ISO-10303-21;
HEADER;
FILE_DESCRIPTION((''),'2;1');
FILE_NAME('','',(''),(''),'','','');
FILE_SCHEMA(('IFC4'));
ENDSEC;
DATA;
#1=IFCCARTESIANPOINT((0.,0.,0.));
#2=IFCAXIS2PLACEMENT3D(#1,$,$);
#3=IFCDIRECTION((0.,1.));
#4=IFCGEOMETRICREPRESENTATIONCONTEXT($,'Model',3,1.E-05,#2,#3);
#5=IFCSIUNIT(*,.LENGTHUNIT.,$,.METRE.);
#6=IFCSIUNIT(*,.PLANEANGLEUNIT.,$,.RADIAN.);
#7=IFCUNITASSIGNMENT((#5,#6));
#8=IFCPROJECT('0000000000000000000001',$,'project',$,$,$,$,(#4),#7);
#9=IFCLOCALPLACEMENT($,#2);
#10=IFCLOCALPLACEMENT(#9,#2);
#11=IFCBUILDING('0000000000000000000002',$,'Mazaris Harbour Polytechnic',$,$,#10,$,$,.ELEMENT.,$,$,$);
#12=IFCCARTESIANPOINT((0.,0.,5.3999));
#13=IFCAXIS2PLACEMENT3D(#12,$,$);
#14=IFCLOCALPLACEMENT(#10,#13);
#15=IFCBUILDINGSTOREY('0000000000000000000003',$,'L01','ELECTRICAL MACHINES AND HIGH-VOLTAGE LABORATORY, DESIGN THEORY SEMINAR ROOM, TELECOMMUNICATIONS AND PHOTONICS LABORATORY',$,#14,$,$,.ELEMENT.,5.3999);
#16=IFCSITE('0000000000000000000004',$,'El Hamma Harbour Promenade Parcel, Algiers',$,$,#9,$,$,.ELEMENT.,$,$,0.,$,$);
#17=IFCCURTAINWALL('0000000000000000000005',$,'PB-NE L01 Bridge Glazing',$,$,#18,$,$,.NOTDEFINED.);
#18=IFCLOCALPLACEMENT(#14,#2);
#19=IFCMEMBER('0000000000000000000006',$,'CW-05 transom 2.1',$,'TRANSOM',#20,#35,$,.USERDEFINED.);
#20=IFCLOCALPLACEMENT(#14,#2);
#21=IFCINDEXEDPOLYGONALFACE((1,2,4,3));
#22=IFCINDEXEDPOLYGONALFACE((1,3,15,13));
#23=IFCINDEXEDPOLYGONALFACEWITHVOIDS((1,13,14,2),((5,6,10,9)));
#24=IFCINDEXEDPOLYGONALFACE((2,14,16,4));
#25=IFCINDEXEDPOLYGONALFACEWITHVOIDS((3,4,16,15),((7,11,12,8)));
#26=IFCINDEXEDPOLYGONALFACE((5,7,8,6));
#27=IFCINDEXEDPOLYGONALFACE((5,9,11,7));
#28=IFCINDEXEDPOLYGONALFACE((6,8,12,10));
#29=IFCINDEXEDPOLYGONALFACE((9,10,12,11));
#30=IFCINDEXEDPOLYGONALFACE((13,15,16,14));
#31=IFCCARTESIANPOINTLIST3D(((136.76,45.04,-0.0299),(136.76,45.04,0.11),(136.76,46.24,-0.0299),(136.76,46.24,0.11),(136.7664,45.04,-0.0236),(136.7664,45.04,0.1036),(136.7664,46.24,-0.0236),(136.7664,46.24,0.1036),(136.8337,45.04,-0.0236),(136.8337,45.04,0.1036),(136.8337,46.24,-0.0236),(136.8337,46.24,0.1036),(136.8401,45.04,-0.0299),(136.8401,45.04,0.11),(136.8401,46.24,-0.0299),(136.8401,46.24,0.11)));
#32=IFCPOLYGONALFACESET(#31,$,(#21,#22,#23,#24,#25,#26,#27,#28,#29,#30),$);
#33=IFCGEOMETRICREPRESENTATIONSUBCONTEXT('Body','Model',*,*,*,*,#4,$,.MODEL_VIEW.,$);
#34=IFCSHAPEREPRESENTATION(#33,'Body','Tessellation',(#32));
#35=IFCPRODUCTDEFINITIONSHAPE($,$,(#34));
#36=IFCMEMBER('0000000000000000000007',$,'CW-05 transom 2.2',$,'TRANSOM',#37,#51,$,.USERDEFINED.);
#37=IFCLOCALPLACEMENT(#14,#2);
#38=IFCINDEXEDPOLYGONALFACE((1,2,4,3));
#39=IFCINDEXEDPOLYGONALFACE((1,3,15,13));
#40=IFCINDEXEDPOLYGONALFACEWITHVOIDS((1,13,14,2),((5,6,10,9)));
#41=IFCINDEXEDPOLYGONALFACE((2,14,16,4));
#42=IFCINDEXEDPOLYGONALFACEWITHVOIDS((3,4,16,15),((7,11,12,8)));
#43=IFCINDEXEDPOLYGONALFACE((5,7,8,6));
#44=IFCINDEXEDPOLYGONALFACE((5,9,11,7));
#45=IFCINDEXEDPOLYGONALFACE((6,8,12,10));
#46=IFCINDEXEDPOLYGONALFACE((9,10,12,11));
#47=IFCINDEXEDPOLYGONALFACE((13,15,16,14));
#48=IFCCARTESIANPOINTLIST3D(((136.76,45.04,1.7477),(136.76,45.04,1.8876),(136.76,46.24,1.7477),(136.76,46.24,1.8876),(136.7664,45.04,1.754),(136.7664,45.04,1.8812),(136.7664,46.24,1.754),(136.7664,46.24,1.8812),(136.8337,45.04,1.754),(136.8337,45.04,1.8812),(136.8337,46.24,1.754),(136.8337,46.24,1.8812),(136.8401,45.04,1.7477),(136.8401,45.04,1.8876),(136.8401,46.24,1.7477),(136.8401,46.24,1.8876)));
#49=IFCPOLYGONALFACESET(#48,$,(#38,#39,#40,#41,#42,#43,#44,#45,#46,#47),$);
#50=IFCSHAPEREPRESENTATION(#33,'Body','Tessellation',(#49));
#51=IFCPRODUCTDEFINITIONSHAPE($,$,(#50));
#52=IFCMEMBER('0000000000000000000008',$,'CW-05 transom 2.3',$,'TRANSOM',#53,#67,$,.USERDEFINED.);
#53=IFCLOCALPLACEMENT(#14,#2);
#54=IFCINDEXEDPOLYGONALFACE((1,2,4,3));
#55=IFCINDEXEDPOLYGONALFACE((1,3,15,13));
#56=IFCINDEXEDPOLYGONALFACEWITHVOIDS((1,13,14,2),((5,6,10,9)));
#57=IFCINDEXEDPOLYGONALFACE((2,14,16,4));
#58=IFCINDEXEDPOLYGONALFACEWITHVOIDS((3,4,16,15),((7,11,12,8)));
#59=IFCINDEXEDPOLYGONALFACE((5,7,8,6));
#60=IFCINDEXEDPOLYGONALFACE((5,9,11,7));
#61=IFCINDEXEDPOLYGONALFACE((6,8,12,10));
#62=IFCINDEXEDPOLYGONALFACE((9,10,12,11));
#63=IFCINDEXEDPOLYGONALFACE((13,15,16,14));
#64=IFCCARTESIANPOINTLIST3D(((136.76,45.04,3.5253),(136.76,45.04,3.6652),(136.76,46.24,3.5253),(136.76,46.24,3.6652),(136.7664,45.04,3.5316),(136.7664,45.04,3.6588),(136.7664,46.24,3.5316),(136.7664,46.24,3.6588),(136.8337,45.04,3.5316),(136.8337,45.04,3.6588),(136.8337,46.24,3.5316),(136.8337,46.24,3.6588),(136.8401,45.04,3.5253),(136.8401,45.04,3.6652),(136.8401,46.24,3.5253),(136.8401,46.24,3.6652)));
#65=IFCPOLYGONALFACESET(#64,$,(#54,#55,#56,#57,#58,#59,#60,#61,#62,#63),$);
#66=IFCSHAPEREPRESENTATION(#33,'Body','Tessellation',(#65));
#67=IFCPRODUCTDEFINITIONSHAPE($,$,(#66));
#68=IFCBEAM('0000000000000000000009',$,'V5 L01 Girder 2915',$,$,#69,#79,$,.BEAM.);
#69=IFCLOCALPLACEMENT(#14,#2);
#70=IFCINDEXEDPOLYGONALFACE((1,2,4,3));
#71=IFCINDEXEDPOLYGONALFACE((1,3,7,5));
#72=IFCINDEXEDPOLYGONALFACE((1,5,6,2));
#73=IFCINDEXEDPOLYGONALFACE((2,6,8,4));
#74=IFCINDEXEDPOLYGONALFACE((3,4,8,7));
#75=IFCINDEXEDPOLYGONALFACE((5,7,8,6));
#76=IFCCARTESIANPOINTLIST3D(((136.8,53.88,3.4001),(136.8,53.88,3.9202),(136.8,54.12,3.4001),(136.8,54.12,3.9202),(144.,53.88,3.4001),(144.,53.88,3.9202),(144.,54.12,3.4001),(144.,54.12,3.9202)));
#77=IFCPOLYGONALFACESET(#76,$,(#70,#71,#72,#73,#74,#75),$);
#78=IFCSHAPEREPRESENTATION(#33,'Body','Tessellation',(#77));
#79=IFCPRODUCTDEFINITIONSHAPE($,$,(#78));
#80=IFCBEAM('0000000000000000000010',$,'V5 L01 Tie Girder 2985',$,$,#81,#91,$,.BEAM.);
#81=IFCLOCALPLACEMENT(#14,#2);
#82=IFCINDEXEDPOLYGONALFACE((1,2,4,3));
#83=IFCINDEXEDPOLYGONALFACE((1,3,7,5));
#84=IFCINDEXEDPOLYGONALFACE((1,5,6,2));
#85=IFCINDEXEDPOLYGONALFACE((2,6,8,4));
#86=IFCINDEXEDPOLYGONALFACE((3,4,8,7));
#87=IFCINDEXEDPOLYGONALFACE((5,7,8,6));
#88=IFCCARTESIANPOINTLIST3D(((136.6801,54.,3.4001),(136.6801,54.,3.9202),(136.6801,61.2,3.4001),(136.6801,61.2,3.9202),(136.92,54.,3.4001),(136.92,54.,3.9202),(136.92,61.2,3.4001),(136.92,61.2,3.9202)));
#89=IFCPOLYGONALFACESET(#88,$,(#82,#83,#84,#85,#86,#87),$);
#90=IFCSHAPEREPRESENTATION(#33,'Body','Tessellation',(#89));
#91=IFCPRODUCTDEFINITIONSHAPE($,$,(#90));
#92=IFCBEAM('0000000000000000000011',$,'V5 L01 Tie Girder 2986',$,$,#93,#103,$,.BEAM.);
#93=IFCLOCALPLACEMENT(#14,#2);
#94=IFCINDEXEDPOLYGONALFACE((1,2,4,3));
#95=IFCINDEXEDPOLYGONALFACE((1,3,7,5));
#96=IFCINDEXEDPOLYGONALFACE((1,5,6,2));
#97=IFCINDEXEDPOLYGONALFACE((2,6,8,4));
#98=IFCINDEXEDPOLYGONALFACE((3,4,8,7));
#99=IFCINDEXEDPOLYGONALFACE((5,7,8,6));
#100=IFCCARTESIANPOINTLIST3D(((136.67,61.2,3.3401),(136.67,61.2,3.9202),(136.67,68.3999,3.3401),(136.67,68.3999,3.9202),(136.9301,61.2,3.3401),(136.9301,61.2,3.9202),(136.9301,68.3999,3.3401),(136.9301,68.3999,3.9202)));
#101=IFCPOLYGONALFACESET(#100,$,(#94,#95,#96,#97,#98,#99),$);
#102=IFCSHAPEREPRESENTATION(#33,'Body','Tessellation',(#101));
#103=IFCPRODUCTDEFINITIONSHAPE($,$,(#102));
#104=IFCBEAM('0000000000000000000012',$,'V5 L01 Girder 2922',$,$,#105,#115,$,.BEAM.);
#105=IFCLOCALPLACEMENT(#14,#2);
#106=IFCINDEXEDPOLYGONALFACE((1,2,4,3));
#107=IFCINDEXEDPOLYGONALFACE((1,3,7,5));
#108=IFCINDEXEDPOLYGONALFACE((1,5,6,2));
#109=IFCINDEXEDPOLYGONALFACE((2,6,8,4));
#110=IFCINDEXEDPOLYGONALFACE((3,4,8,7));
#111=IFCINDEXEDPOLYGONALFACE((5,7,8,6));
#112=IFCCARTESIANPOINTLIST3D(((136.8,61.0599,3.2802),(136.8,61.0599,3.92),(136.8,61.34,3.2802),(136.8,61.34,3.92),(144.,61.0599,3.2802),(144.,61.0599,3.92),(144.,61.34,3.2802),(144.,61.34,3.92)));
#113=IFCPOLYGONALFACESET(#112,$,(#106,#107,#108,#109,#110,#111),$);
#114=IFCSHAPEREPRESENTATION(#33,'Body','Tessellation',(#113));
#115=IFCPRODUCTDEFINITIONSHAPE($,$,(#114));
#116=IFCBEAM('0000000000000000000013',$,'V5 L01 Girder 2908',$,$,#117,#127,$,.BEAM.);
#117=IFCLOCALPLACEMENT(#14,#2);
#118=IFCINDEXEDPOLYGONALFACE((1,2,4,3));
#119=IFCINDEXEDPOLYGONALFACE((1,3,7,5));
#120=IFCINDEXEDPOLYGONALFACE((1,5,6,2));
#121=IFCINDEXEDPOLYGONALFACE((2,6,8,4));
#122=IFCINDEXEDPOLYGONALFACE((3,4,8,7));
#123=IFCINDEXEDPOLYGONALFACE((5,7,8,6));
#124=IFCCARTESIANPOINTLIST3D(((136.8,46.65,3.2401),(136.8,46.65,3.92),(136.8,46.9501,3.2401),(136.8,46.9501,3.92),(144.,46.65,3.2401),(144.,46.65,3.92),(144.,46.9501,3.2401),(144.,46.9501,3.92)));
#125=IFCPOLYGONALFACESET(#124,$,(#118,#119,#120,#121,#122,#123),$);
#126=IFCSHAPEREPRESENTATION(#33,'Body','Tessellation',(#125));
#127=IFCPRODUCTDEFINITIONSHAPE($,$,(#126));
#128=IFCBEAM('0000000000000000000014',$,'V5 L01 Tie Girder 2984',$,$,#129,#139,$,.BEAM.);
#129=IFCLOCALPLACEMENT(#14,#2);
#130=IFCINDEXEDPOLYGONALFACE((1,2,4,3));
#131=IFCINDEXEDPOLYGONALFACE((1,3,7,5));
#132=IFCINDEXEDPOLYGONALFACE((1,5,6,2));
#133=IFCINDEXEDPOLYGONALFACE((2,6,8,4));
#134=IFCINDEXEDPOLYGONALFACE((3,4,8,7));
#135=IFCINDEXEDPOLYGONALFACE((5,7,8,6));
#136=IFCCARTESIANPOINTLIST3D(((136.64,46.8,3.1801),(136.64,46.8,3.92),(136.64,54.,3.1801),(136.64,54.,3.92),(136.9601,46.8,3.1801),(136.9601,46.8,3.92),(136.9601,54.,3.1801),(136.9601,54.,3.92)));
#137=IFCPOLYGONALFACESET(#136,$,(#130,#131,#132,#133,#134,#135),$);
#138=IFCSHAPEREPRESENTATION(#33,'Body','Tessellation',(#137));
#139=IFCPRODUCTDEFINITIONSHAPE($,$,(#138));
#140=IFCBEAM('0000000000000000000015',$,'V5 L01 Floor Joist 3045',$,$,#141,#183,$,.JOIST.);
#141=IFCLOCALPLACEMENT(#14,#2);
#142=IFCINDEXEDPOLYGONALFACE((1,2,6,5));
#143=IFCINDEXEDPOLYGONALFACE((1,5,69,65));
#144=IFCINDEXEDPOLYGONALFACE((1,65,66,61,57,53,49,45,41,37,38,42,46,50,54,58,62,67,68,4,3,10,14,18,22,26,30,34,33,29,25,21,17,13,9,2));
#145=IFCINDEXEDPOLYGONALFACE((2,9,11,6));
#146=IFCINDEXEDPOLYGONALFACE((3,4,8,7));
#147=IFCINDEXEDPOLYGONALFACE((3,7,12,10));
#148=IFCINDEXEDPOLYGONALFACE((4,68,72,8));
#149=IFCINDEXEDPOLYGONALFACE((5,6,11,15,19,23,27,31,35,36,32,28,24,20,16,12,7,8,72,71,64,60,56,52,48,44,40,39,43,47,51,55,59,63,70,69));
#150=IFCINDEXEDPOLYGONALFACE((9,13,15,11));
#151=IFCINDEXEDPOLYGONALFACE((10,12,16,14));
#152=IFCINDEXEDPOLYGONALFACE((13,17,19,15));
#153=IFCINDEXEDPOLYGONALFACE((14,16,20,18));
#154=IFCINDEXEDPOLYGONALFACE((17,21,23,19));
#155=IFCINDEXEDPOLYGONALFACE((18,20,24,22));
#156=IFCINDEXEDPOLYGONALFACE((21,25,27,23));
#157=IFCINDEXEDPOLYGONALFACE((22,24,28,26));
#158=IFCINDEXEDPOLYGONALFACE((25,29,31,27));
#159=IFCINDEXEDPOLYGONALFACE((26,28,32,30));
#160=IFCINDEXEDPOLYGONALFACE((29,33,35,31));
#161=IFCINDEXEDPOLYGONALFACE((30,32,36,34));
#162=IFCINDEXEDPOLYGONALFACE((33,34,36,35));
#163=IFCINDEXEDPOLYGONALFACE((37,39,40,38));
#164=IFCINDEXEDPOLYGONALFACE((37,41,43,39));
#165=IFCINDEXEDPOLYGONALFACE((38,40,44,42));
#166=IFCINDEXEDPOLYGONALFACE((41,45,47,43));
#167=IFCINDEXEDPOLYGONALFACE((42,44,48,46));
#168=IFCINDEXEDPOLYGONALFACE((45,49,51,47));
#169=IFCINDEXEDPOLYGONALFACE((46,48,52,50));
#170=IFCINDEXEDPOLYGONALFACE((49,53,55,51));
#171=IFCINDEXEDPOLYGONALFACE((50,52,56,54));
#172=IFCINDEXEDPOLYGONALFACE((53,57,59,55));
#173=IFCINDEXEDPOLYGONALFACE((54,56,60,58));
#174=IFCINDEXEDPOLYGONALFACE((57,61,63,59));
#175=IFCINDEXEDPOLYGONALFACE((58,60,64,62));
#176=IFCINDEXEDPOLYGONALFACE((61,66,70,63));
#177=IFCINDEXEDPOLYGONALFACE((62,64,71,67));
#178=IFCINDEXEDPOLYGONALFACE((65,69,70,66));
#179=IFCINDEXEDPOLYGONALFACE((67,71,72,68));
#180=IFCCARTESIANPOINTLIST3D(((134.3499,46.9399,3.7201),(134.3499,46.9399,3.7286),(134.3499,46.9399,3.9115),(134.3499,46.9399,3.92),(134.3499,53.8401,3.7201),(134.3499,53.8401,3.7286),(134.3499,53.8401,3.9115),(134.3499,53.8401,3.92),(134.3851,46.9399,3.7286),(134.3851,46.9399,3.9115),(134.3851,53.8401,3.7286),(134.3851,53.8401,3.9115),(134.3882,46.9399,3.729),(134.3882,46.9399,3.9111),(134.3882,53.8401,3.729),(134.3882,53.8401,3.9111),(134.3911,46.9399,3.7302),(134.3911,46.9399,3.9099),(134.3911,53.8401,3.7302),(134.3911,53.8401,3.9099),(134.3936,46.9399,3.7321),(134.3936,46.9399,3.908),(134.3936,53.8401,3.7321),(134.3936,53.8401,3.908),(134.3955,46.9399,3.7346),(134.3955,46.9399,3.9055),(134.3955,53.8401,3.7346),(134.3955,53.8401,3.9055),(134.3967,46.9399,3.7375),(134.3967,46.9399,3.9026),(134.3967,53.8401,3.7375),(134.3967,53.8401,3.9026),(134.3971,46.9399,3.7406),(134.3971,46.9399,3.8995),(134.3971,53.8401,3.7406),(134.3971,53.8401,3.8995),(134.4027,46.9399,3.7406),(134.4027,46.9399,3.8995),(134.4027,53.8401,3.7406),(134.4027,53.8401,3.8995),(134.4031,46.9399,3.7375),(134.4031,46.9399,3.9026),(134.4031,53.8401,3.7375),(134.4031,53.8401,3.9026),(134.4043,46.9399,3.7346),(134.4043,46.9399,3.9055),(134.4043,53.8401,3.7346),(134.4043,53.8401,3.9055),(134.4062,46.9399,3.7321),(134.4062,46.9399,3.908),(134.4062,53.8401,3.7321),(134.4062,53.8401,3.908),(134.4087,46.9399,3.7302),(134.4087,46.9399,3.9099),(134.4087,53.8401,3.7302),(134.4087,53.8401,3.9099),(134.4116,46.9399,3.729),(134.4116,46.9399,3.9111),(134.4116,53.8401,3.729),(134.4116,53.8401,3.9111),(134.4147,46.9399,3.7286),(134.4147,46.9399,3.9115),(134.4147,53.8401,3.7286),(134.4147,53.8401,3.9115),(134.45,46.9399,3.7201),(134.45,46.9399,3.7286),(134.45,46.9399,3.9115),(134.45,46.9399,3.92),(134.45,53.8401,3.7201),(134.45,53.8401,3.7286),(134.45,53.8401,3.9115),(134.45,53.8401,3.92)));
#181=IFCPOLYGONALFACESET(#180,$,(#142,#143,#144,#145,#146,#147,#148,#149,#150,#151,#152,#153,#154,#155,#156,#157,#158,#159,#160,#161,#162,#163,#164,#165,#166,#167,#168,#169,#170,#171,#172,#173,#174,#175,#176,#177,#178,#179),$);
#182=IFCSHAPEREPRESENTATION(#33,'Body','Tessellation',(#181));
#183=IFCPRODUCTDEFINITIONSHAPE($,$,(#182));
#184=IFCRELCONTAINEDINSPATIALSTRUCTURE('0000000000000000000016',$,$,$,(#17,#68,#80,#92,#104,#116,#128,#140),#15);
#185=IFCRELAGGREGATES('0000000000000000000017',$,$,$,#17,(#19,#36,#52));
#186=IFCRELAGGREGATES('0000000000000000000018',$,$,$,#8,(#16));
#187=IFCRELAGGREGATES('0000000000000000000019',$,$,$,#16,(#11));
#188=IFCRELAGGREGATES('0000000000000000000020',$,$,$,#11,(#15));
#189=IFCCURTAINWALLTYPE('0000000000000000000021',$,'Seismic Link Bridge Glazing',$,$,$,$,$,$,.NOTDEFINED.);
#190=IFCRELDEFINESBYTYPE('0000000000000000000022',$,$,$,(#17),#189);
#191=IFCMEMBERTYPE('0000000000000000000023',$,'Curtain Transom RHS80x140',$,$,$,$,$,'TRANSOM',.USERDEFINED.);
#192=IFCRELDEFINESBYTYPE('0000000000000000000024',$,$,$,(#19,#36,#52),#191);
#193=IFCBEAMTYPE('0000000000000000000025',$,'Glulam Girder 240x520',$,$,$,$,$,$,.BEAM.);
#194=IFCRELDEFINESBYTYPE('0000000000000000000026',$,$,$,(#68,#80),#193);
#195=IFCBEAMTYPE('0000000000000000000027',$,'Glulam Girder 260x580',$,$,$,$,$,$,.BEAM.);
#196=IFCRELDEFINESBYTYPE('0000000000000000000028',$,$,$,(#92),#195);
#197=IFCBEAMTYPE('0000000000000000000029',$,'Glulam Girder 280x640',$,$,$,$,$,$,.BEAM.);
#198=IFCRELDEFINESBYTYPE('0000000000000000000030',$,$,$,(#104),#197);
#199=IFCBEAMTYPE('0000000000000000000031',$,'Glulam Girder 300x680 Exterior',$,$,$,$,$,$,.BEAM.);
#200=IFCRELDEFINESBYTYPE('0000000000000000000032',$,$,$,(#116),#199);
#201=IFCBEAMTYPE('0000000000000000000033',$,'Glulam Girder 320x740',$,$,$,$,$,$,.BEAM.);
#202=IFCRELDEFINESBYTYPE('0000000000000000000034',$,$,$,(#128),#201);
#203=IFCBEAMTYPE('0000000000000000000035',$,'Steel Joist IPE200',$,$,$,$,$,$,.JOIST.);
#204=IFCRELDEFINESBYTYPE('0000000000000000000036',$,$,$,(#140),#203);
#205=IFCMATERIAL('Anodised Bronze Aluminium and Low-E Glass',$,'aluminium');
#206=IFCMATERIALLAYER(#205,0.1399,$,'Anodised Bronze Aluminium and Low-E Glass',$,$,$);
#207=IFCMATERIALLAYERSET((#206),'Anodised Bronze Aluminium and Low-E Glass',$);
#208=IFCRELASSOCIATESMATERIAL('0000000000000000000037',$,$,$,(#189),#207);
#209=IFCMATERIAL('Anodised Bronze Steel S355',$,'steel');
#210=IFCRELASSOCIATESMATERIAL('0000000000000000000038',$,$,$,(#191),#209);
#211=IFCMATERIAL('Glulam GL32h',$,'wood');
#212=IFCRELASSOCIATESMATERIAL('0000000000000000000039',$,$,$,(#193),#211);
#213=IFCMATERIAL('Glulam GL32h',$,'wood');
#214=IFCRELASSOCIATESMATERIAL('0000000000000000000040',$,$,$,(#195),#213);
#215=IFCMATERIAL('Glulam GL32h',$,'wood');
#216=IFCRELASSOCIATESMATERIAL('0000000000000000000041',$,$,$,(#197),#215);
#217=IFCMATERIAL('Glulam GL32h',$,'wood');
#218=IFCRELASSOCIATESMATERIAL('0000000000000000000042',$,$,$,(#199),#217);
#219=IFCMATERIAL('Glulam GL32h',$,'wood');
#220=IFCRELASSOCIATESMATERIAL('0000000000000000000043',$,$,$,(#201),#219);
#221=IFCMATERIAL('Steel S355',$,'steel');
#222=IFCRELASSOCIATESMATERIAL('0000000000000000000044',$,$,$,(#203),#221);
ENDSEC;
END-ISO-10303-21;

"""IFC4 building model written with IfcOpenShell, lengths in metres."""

from ifc_helpers import new_model, si_unit, direction, frame, origin, origin_2d, place, context, subcontext, project, spatial, rectangle, hollow_rectangle, i_section, extrude, material, layer, layer_set, material_profile, profile_set, type_object, element, aggregate, save


model = new_model("IFC4")

# Units and contexts
model_context = context("Model", 3, precision=1e-05, world=origin(), true_north=direction((0.0, 1.0)))
body_context = subcontext(model_context, "Body", "Model", "MODEL_VIEW")
ifc_project = project(units=[si_unit("LENGTHUNIT", "METRE"), si_unit("PLANEANGLEUNIT", "RADIAN")], contexts=[model_context])

# Site, building, storey
site_placement = place(None, origin())
site = spatial("IfcSite", under=ifc_project, at=site_placement, Name="El Hamma Harbour Promenade Parcel, Algiers", CompositionType="ELEMENT", RefElevation=0.0)
building_placement = place(site_placement, origin())
building = spatial("IfcBuilding", under=site, at=building_placement, Name="Mazaris Harbour Polytechnic", CompositionType="ELEMENT")
storey_placement = place(building_placement, frame((0.0, 0.0, 5.3999)))
storey = spatial("IfcBuildingStorey", under=building, at=storey_placement, Name="L01", Description="ELECTRICAL MACHINES AND HIGH-VOLTAGE LABORATORY, DESIGN THEORY SEMINAR ROOM, TELECOMMUNICATIONS AND PHOTONICS LABORATORY", CompositionType="ELEMENT", Elevation=5.3999)

# Curtain wall
ifc_material_1 = material(Name="Anodised Bronze Aluminium and Low-E Glass", Category="aluminium")
ifc_layer_1 = layer(ifc_material_1, 0.1399, Name="Anodised Bronze Aluminium and Low-E Glass")
ifc_layer_set_1 = layer_set([ifc_layer_1], Name="Anodised Bronze Aluminium and Low-E Glass")
curtain_wall_type_1 = type_object("IfcCurtainWallType", Name="Seismic Link Bridge Glazing", PredefinedType="NOTDEFINED", material=ifc_layer_set_1)
curtain_wall_1_placement = place(storey_placement, origin())
curtain_wall_1 = element("IfcCurtainWall", 1, at=curtain_wall_1_placement, inside=storey, type_object=curtain_wall_type_1, Name="PB-NE L01 Bridge Glazing", PredefinedType="NOTDEFINED")

# Members
ifc_material_2 = material(Name="Anodised Bronze Steel S355", Category="steel")
ifc_material_profile_1 = material_profile(ifc_material_2, hollow_rectangle(XDim=0.0801, YDim=0.1399, WallThickness=0.0063, at=origin_2d()), Name="RHS 80x140x6.3")
ifc_profile_set_1 = profile_set([ifc_material_profile_1], Name="Anodised Bronze Steel S355")
member_type_1 = type_object("IfcMemberType", Name="Curtain Transom RHS80x140", ElementType="TRANSOM", PredefinedType="USERDEFINED", material=ifc_profile_set_1)
member_1_placement = place(storey_placement, frame((136.8, 45.04, 0.04), z_axis=(0.0, 1.0, 0.0), x_axis=(-1.0, 0.0, 0.0)))
member_1 = element("IfcMember", 2, at=member_1_placement, type_object=member_type_1, Name="CW-05 transom 2.1", ObjectType="TRANSOM", PredefinedType="USERDEFINED", context=body_context, shape_type="SweptSolid", body=[
    extrude(hollow_rectangle(XDim=0.0801, YDim=0.1399, WallThickness=0.0063, at=origin_2d()), origin(), (0.0, 0.0, 1.0), 1.2),
])
member_2_placement = place(storey_placement, frame((136.8, 45.04, 1.8176), z_axis=(0.0, 1.0, 0.0), x_axis=(-1.0, 0.0, 0.0)))
member_2 = element("IfcMember", 3, at=member_2_placement, type_object=member_type_1, Name="CW-05 transom 2.2", ObjectType="TRANSOM", PredefinedType="USERDEFINED", context=body_context, shape_type="SweptSolid", body=[
    extrude(hollow_rectangle(XDim=0.0801, YDim=0.1399, WallThickness=0.0063, at=origin_2d()), origin(), (0.0, 0.0, 1.0), 1.2),
])
member_3_placement = place(storey_placement, frame((136.8, 45.04, 3.5952), z_axis=(0.0, 1.0, 0.0), x_axis=(-1.0, 0.0, 0.0)))
member_3 = element("IfcMember", 4, at=member_3_placement, type_object=member_type_1, Name="CW-05 transom 2.3", ObjectType="TRANSOM", PredefinedType="USERDEFINED", context=body_context, shape_type="SweptSolid", body=[
    extrude(hollow_rectangle(XDim=0.0801, YDim=0.1399, WallThickness=0.0063, at=origin_2d()), origin(), (0.0, 0.0, 1.0), 1.2),
])

# Beams
ifc_material_3 = material(Name="Glulam GL32h", Category="wood")
ifc_material_profile_2 = material_profile(ifc_material_3, rectangle(XDim=0.24, YDim=0.52, at=origin_2d()), Name="RECT240x520")
ifc_profile_set_2 = profile_set([ifc_material_profile_2], Name="Glulam GL32h")
beam_type_1 = type_object("IfcBeamType", Name="Glulam Girder 240x520", PredefinedType="BEAM", material=ifc_profile_set_2)
for number, where, z_axis, x_axis, name in (
    (5, (136.8, 54.0, 3.6602), (1.0, 0.0, 0.0), (0.0, 1.0, 0.0), "V5 L01 Girder 2915"),
    (6, (136.8, 54.0, 3.6602), (0.0, 1.0, 0.0), (-1.0, 0.0, 0.0), "V5 L01 Tie Girder 2985"),
):
    element("IfcBeam", number, at=place(storey_placement, frame(where, z_axis=z_axis, x_axis=x_axis)), inside=storey, type_object=beam_type_1, Name=name, PredefinedType="BEAM", context=body_context, shape_type="SweptSolid", body=[
        extrude(rectangle(XDim=0.24, YDim=0.52, at=origin_2d()), origin(), (0.0, 0.0, 1.0), 7.2),
    ])
ifc_material_4 = material(Name="Glulam GL32h", Category="wood")
ifc_material_profile_3 = material_profile(ifc_material_4, rectangle(XDim=0.26, YDim=0.5801, at=origin_2d()), Name="RECT260x580")
ifc_profile_set_3 = profile_set([ifc_material_profile_3], Name="Glulam GL32h")
beam_type_2 = type_object("IfcBeamType", Name="Glulam Girder 260x580", PredefinedType="BEAM", material=ifc_profile_set_3)
beam_1_placement = place(storey_placement, frame((136.8, 61.2, 3.6301), z_axis=(0.0, 1.0, 0.0), x_axis=(-1.0, 0.0, 0.0)))
element("IfcBeam", 7, at=beam_1_placement, inside=storey, type_object=beam_type_2, Name="V5 L01 Tie Girder 2986", PredefinedType="BEAM", context=body_context, shape_type="SweptSolid", body=[
    extrude(rectangle(XDim=0.26, YDim=0.5801, at=origin_2d()), origin(), (0.0, 0.0, 1.0), 7.2),
])
ifc_material_5 = material(Name="Glulam GL32h", Category="wood")
ifc_material_profile_4 = material_profile(ifc_material_5, rectangle(XDim=0.28, YDim=0.6399, at=origin_2d()), Name="RECT280x640")
ifc_profile_set_4 = profile_set([ifc_material_profile_4], Name="Glulam GL32h")
beam_type_3 = type_object("IfcBeamType", Name="Glulam Girder 280x640", PredefinedType="BEAM", material=ifc_profile_set_4)
beam_2_placement = place(storey_placement, frame((136.8, 61.2, 3.6001), z_axis=(1.0, 0.0, 0.0), x_axis=(0.0, 1.0, 0.0)))
element("IfcBeam", 8, at=beam_2_placement, inside=storey, type_object=beam_type_3, Name="V5 L01 Girder 2922", PredefinedType="BEAM", context=body_context, shape_type="SweptSolid", body=[
    extrude(rectangle(XDim=0.28, YDim=0.6399, at=origin_2d()), origin(), (0.0, 0.0, 1.0), 7.2),
])
ifc_material_6 = material(Name="Glulam GL32h", Category="wood")
ifc_material_profile_5 = material_profile(ifc_material_6, rectangle(XDim=0.3, YDim=0.6799, at=origin_2d()), Name="RECT300x680")
ifc_profile_set_5 = profile_set([ifc_material_profile_5], Name="Glulam GL32h")
beam_type_4 = type_object("IfcBeamType", Name="Glulam Girder 300x680 Exterior", PredefinedType="BEAM", material=ifc_profile_set_5)
beam_3_placement = place(storey_placement, frame((136.8, 46.8, 3.5801), z_axis=(1.0, 0.0, 0.0), x_axis=(0.0, 1.0, 0.0)))
element("IfcBeam", 9, at=beam_3_placement, inside=storey, type_object=beam_type_4, Name="V5 L01 Girder 2908", PredefinedType="BEAM", context=body_context, shape_type="SweptSolid", body=[
    extrude(rectangle(XDim=0.3, YDim=0.6799, at=origin_2d()), origin(), (0.0, 0.0, 1.0), 7.2),
])
ifc_material_7 = material(Name="Glulam GL32h", Category="wood")
ifc_material_profile_6 = material_profile(ifc_material_7, rectangle(XDim=0.3201, YDim=0.74, at=origin_2d()), Name="RECT320x740")
ifc_profile_set_6 = profile_set([ifc_material_profile_6], Name="Glulam GL32h")
beam_type_5 = type_object("IfcBeamType", Name="Glulam Girder 320x740", PredefinedType="BEAM", material=ifc_profile_set_6)
beam_4_placement = place(storey_placement, frame((136.8, 46.8, 3.55), z_axis=(0.0, 1.0, 0.0), x_axis=(-1.0, 0.0, 0.0)))
element("IfcBeam", 10, at=beam_4_placement, inside=storey, type_object=beam_type_5, Name="V5 L01 Tie Girder 2984", PredefinedType="BEAM", context=body_context, shape_type="SweptSolid", body=[
    extrude(rectangle(XDim=0.3201, YDim=0.74, at=origin_2d()), origin(), (0.0, 0.0, 1.0), 7.2),
])
ifc_material_8 = material(Name="Steel S355", Category="steel")
ifc_material_profile_7 = material_profile(ifc_material_8, i_section(OverallWidth=0.1001, OverallDepth=0.2, WebThickness=0.0056, FlangeThickness=0.0085, FilletRadius=0.012, at=origin_2d()), Name="IPE 200")
ifc_profile_set_7 = profile_set([ifc_material_profile_7], Name="Steel S355")
beam_type_6 = type_object("IfcBeamType", Name="Steel Joist IPE200", PredefinedType="JOIST", material=ifc_profile_set_7)
beam_5_placement = place(storey_placement, frame((134.3999, 46.9399, 3.8201), z_axis=(0.0, 1.0, 0.0), x_axis=(-1.0, 0.0, 0.0)))
element("IfcBeam", 11, at=beam_5_placement, inside=storey, type_object=beam_type_6, Name="V5 L01 Floor Joist 3045", PredefinedType="JOIST", context=body_context, shape_type="SweptSolid", body=[
    extrude(i_section(OverallWidth=0.1001, OverallDepth=0.2, WebThickness=0.0056, FlangeThickness=0.0085, FilletRadius=0.012, at=origin_2d()), origin(), (0.0, 0.0, 1.0), 6.9001),
])

aggregate(curtain_wall_1, [member_1, member_2, member_3])

save(model, "model.ifc")
